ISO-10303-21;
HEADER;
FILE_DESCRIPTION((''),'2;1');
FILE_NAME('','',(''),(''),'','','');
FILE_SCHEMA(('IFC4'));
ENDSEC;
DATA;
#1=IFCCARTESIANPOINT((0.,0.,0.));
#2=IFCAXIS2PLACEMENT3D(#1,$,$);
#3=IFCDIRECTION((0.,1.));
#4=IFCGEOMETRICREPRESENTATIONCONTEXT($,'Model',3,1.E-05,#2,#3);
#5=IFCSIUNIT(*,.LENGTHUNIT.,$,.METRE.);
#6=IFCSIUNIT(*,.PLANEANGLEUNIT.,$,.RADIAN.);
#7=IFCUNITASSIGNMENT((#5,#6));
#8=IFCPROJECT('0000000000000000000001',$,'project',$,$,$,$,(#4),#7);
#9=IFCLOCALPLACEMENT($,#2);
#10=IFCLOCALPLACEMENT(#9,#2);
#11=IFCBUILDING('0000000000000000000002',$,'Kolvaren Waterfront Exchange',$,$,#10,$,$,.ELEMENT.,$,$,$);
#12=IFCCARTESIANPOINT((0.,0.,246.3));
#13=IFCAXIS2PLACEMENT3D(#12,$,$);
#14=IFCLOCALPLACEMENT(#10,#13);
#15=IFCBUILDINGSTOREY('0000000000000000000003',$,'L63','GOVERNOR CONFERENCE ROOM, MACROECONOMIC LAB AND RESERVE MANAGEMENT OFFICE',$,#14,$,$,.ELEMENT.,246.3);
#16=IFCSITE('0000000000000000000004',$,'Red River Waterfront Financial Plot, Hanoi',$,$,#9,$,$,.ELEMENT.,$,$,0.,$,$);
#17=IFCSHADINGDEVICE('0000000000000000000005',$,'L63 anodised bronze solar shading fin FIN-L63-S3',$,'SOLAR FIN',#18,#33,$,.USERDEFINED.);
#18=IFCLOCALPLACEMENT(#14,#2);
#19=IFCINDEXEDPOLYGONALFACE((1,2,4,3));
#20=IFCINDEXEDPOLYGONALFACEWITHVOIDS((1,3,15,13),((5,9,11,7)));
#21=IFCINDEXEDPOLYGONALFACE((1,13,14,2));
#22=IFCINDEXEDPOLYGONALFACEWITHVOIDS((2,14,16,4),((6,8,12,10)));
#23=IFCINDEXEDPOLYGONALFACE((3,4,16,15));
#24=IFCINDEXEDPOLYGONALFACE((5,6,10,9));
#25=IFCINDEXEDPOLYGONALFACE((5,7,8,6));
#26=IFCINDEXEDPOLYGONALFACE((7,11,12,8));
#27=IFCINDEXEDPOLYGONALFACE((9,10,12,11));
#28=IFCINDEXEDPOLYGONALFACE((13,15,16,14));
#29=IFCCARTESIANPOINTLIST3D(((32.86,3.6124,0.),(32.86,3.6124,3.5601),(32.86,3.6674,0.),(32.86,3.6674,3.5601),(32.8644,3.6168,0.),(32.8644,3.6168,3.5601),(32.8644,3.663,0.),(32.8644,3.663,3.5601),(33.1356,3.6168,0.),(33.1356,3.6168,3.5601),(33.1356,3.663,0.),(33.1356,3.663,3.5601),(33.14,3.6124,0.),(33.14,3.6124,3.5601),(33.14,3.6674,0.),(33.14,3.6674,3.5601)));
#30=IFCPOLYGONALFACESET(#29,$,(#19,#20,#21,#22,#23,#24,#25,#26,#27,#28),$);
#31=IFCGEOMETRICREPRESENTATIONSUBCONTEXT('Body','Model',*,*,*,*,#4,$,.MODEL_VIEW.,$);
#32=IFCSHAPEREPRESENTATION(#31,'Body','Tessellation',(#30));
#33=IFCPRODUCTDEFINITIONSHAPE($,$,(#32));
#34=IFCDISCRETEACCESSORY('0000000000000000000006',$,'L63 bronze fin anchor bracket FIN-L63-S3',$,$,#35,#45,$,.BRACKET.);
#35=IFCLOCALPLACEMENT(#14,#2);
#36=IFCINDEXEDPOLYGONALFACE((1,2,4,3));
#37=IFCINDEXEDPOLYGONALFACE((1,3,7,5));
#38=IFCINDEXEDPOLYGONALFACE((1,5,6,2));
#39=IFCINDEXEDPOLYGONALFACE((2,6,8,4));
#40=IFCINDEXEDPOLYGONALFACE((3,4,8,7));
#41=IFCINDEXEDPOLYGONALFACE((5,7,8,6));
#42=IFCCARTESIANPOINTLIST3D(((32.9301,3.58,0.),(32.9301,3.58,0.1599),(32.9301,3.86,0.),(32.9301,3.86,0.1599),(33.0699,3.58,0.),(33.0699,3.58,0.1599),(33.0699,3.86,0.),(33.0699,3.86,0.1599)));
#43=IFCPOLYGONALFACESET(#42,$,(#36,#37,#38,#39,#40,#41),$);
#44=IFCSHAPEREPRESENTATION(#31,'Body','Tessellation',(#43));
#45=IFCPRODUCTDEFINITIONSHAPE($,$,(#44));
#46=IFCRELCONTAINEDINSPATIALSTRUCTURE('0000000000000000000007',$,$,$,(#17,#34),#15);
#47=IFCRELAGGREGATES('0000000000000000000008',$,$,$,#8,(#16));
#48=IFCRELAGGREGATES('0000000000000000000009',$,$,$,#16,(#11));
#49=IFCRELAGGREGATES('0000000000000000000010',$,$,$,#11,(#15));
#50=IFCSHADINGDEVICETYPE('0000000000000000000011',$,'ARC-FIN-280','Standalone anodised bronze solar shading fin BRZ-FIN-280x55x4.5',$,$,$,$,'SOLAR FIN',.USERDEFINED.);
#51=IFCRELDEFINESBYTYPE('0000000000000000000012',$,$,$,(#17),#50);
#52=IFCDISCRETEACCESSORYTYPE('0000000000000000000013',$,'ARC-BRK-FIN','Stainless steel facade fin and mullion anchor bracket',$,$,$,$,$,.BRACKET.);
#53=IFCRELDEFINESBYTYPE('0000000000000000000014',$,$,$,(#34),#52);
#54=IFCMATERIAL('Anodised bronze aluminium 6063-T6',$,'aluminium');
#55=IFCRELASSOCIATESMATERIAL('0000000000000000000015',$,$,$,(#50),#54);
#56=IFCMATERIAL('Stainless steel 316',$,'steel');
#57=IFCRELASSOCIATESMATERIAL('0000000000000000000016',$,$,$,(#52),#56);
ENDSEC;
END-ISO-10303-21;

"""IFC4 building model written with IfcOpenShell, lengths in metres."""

from ifc_helpers import new_model, si_unit, direction, frame, origin, origin_with_axes, origin_2d, place, context, subcontext, project, spatial, rectangle, hollow_rectangle, extrude, source, transform, mapped, material, material_profile, profile_set, type_object, element, save


model = new_model("IFC4")

# Units and contexts
model_context = context("Model", 3, precision=1e-05, world=origin(), true_north=direction((0.0, 1.0)))
body_context = subcontext(model_context, "Body", "Model", "MODEL_VIEW")
ifc_project = project(units=[si_unit("LENGTHUNIT", "METRE"), si_unit("PLANEANGLEUNIT", "RADIAN")], contexts=[model_context])

# Site, building, storey
site_placement = place(None, origin())
site = spatial("IfcSite", under=ifc_project, at=site_placement, Name="Red River Waterfront Financial Plot, Hanoi", CompositionType="ELEMENT", RefElevation=0.0)
building_placement = place(site_placement, origin())
building = spatial("IfcBuilding", under=site, at=building_placement, Name="Kolvaren Waterfront Exchange", CompositionType="ELEMENT")
storey_placement = place(building_placement, frame((0.0, 0.0, 246.3)))
storey = spatial("IfcBuildingStorey", under=building, at=storey_placement, Name="L63", Description="GOVERNOR CONFERENCE ROOM, MACROECONOMIC LAB AND RESERVE MANAGEMENT OFFICE", CompositionType="ELEMENT", Elevation=246.3)

# Shared definitions
ifc_material_1 = material(Name="Anodised bronze aluminium 6063-T6", Category="aluminium")

# Shading device
ifc_material_profile_1 = material_profile(ifc_material_1, hollow_rectangle(XDim=0.0549, YDim=0.28, WallThickness=0.0044, at=origin_2d()), Name="BRZ-FIN-280x55x4.5")
ifc_profile_set_1 = profile_set([ifc_material_profile_1], Name="Anodised bronze aluminium 6063-T6")
shading_device_type = type_object("IfcShadingDeviceType", Name="ARC-FIN-280", Description="Standalone anodised bronze solar shading fin BRZ-FIN-280x55x4.5", ElementType="SOLAR FIN", PredefinedType="USERDEFINED", material=ifc_profile_set_1)
shading_device_placement = place(storey_placement, frame((33.0, 3.6399, 0.0), z_axis=(0.0, 0.0, 1.0), x_axis=(0.0, -1.0, 0.0)))
element("IfcShadingDevice", 1, at=shading_device_placement, inside=storey, type_object=shading_device_type, Name="L63 anodised bronze solar shading fin FIN-L63-S3", ObjectType="SOLAR FIN", PredefinedType="USERDEFINED", context=body_context, shape_type="SweptSolid", body=[
    extrude(hollow_rectangle(XDim=0.0549, YDim=0.28, WallThickness=0.0044, at=origin_2d()), origin(), (0.0, 0.0, 1.0), 3.5601),
])

# Discrete accessory
ifc_material_2 = material(Name="Stainless steel 316", Category="steel")
discrete_accessory_type = type_object("IfcDiscreteAccessoryType", Name="ARC-BRK-FIN", Description="Stainless steel facade fin and mullion anchor bracket", PredefinedType="BRACKET", material=ifc_material_2)
shared_shape_1 = source(origin_with_axes(), body_context, "Body", "SweptSolid", [
    extrude(rectangle(XDim=0.28, YDim=0.1399, at=origin_2d()), origin(), (0.0, 0.0, 1.0), 0.1599),
])
discrete_accessory_placement = place(storey_placement, frame((33.0, 3.72, 0.0), z_axis=(0.0, 0.0, 1.0), x_axis=(0.0, -1.0, 0.0)))
element("IfcDiscreteAccessory", 2, at=discrete_accessory_placement, inside=storey, type_object=discrete_accessory_type, Name="L63 bronze fin anchor bracket FIN-L63-S3", PredefinedType="BRACKET", context=body_context, shape_type="MappedRepresentation", body=[
    mapped(shared_shape_1, transform((0.0, 0.0, 0.0), x_axis=(1.0, 0.0, 0.0), y_axis=(0.0, 1.0, 0.0), z_axis=(0.0, 0.0, 1.0), scale=1.0)),
])

save(model, "model.ifc")
